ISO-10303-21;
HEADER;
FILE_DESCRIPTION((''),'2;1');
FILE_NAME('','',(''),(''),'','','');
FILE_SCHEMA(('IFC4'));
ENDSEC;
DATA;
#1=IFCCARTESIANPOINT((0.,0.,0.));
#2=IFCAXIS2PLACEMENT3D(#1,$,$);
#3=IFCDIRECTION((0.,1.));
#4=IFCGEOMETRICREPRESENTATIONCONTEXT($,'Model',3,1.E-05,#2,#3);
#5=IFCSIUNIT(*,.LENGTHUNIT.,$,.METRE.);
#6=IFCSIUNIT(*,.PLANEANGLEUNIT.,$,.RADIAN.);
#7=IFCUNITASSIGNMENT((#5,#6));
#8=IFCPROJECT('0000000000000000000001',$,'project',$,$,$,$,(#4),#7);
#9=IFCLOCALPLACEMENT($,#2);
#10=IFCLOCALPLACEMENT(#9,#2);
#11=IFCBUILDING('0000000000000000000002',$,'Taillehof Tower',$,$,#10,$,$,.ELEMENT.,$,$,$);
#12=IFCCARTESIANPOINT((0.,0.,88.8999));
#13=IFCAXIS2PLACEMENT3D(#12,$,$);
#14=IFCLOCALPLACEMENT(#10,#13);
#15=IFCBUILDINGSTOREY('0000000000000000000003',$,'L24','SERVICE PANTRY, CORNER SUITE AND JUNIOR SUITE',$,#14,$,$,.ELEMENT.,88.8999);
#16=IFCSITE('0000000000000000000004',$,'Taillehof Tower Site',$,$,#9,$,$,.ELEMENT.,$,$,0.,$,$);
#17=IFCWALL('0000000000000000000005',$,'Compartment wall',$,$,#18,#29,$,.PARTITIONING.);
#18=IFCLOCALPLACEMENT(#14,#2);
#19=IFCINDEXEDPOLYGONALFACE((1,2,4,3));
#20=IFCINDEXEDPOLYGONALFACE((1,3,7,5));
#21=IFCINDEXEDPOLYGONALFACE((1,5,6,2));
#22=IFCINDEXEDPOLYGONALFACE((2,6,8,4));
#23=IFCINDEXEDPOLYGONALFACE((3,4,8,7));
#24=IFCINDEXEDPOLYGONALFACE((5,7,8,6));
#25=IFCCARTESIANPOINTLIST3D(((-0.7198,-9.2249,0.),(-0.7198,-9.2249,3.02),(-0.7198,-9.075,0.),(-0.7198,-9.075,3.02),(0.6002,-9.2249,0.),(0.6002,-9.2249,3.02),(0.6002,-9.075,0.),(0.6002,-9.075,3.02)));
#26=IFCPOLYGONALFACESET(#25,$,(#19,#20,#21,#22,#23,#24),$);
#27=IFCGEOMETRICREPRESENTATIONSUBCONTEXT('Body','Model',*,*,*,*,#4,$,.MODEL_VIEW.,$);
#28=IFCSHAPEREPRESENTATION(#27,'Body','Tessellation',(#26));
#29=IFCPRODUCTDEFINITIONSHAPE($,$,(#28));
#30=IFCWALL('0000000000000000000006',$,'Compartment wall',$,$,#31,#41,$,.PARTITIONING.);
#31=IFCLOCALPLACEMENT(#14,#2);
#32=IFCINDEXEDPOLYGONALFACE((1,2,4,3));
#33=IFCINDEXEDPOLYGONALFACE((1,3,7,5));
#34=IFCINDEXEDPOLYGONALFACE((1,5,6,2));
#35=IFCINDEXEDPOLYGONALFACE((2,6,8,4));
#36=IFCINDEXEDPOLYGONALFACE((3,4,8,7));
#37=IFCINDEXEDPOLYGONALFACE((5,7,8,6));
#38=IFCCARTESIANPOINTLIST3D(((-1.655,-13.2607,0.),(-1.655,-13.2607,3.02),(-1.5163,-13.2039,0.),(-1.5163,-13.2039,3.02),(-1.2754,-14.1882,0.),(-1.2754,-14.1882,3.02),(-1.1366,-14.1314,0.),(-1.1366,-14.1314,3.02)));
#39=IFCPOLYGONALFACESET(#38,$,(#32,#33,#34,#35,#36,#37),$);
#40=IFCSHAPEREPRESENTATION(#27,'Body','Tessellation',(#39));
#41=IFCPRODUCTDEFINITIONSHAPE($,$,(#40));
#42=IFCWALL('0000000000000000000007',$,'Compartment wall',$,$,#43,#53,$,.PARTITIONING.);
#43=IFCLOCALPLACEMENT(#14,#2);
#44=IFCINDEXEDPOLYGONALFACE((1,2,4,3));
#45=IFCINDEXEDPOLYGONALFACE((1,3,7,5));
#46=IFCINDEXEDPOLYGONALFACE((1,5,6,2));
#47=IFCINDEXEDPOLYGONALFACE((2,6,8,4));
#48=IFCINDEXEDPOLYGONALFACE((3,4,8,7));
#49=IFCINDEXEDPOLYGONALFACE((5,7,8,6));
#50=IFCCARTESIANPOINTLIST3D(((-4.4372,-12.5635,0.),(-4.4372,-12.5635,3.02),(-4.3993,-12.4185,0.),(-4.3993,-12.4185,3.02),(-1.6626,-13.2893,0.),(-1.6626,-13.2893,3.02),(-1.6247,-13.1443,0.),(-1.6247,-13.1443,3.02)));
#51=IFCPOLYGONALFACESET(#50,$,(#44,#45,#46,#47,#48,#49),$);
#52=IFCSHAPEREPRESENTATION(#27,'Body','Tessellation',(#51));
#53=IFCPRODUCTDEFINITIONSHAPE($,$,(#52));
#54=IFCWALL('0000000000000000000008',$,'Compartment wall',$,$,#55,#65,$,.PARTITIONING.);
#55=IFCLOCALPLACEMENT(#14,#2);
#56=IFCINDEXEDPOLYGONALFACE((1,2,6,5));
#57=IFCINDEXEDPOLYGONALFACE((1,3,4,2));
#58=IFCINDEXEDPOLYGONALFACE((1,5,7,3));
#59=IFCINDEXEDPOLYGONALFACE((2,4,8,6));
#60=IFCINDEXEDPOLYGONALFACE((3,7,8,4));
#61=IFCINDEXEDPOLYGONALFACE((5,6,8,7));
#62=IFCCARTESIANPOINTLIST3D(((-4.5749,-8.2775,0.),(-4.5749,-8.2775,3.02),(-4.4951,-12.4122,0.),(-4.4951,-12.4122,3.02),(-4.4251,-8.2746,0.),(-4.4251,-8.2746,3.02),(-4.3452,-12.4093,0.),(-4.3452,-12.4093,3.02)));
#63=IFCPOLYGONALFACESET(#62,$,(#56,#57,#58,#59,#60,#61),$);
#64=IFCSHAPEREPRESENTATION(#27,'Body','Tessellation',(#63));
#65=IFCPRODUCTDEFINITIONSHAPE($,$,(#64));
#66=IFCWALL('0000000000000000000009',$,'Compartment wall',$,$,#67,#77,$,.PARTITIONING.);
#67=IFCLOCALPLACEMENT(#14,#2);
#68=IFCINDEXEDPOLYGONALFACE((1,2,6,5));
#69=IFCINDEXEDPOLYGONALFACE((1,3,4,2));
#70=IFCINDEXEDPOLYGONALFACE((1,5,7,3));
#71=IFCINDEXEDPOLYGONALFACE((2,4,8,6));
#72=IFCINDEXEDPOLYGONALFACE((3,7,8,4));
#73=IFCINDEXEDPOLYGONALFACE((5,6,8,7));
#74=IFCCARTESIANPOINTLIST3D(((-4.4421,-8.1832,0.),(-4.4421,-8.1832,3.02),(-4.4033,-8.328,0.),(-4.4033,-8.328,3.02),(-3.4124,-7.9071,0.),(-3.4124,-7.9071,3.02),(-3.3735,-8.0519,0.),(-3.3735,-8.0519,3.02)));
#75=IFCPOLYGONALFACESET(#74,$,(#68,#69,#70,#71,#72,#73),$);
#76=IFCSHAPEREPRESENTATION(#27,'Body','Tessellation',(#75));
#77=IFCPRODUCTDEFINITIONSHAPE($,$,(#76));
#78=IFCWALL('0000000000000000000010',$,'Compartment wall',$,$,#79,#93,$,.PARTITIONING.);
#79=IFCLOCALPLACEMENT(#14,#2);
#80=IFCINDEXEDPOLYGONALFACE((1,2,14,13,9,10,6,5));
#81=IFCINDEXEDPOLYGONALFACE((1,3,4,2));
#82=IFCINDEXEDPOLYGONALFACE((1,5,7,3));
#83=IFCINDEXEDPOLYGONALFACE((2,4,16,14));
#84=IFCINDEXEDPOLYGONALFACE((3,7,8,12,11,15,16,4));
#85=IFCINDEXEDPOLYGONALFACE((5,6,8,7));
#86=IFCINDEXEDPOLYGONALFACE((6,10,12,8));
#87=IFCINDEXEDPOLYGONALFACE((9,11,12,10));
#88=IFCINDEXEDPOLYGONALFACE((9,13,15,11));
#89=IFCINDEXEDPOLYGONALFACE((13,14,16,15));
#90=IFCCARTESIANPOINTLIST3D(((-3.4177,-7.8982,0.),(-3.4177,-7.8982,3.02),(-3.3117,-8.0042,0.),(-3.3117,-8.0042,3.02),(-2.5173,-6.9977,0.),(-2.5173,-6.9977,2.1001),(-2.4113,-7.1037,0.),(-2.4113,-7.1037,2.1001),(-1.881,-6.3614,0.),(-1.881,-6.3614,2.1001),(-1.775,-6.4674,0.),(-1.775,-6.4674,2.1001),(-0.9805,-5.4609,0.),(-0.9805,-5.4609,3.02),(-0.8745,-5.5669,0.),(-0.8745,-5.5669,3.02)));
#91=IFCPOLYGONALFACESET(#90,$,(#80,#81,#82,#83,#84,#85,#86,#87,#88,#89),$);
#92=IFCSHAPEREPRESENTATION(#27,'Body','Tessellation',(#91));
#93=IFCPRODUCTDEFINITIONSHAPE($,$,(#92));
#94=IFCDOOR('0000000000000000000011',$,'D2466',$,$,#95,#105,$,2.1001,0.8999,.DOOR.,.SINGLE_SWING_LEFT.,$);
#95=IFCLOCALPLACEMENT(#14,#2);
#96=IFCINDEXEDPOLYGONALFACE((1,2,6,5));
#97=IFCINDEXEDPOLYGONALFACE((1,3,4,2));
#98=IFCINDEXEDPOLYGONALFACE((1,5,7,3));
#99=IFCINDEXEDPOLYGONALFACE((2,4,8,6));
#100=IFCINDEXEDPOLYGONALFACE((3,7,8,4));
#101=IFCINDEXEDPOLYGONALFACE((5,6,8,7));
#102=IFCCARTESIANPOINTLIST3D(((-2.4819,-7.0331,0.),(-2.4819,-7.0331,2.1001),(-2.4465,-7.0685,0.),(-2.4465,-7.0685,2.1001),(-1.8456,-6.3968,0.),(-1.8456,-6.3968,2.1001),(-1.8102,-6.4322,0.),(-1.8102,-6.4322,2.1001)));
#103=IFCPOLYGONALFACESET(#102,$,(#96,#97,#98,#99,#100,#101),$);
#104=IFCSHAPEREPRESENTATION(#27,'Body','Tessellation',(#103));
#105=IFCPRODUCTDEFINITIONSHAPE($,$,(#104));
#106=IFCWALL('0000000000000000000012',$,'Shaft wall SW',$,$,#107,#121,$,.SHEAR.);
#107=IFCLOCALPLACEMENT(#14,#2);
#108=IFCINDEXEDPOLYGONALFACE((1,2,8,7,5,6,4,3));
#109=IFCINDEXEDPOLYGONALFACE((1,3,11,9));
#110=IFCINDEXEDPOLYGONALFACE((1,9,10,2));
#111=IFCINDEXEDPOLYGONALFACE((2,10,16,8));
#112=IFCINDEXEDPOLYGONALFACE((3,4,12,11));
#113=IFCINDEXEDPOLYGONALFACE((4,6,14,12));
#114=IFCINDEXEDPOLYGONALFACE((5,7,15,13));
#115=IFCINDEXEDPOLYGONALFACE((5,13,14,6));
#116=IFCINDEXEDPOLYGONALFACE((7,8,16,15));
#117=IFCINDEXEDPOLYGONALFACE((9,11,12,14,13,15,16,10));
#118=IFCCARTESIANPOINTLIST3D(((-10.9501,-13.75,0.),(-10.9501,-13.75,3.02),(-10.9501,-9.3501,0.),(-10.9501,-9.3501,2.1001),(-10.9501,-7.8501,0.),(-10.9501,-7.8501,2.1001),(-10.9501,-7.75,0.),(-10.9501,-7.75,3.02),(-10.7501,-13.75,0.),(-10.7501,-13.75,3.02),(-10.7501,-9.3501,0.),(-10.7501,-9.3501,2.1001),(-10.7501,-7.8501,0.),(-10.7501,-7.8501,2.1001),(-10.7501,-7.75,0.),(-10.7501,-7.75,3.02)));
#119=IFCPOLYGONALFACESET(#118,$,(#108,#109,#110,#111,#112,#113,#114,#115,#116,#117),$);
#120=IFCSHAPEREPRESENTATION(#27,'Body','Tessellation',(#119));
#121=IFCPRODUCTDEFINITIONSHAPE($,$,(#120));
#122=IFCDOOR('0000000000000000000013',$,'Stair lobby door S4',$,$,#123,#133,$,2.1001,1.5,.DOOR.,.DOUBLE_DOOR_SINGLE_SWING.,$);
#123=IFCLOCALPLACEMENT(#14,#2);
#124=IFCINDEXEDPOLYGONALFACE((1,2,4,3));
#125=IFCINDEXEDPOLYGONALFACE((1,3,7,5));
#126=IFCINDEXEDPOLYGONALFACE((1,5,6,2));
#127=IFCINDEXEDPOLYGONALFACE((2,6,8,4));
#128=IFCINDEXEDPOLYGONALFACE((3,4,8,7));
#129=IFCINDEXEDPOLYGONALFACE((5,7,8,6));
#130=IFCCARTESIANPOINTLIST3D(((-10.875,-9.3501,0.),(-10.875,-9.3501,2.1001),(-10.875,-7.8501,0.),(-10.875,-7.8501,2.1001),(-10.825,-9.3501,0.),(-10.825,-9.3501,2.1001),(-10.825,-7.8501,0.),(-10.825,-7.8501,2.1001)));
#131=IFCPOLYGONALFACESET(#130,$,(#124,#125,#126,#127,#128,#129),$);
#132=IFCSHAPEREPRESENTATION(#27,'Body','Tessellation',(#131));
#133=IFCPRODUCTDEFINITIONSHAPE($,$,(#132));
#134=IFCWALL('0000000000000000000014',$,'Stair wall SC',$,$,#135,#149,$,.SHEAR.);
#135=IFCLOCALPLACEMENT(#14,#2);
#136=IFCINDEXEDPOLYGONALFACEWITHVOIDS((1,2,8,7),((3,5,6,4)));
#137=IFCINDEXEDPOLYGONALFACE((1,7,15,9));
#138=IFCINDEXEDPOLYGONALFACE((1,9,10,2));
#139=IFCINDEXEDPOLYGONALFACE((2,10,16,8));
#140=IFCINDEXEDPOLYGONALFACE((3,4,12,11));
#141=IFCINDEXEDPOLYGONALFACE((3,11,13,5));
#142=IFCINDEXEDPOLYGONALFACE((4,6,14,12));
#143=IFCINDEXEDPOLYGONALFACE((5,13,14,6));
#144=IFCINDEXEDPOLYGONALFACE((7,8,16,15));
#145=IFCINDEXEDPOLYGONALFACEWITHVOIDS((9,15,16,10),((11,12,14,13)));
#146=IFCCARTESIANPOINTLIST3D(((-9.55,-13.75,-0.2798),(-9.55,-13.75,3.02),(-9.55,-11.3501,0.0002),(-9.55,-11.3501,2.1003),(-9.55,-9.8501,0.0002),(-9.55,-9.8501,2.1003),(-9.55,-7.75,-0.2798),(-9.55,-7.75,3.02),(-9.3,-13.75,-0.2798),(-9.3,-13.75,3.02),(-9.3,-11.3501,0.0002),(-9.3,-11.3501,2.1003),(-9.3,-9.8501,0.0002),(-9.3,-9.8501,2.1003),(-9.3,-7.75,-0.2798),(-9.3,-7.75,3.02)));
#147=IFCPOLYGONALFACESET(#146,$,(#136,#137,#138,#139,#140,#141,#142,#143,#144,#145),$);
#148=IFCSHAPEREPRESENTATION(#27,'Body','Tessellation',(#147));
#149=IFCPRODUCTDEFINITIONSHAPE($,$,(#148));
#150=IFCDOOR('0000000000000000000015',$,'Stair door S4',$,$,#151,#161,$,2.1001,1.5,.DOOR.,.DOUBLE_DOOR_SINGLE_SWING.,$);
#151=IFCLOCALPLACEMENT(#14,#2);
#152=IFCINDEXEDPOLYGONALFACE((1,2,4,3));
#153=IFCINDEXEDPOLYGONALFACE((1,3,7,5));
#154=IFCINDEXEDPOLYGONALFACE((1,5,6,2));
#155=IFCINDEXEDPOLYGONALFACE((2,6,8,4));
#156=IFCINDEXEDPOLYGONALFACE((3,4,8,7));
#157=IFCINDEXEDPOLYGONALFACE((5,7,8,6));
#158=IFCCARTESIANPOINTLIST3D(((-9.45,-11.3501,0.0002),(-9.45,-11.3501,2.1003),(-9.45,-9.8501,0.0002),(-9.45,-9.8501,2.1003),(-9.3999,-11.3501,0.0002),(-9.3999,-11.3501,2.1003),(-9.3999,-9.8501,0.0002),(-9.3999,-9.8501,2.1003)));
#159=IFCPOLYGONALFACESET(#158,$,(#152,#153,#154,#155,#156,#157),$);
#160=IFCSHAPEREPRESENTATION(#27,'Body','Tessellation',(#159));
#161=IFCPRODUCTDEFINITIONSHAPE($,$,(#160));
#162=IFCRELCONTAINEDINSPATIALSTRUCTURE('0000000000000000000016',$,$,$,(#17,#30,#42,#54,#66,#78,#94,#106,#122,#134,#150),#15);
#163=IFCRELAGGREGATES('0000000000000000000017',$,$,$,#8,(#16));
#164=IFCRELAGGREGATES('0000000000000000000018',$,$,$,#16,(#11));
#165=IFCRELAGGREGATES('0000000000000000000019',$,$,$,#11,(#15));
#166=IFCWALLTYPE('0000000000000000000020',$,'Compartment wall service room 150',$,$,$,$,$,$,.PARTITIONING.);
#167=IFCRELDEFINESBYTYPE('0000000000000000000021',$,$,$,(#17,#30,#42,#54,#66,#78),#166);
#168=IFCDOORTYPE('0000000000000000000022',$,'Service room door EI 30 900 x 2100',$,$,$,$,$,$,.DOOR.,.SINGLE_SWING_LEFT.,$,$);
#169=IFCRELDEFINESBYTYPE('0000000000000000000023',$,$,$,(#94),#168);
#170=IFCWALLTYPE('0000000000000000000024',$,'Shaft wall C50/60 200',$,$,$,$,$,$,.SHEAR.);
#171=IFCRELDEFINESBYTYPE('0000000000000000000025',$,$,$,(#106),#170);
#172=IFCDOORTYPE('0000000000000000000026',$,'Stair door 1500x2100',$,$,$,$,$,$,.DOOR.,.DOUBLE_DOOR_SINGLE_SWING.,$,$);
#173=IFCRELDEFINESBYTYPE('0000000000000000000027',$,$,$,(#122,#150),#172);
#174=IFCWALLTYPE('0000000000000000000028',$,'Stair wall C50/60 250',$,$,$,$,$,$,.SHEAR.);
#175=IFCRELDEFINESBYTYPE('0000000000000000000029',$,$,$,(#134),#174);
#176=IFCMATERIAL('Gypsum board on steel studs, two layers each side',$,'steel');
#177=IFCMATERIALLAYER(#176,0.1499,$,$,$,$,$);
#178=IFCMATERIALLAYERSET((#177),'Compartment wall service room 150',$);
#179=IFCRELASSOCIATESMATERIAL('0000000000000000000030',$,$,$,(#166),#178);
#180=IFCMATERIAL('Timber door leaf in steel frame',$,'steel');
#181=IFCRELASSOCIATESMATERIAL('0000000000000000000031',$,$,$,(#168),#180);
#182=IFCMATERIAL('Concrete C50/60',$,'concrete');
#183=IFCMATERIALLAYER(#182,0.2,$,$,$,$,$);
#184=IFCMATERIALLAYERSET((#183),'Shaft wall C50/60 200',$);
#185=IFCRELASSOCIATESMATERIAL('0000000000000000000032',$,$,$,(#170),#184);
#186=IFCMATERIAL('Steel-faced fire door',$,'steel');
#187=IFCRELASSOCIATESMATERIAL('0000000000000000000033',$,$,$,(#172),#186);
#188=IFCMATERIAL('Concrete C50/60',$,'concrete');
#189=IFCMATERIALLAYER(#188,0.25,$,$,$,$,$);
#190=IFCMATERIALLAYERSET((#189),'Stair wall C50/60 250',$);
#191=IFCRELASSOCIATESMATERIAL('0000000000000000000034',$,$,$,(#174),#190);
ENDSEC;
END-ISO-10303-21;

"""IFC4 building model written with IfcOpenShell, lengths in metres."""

from ifc_helpers import new_model, si_unit, direction, frame, frame_2d, origin, place, context, subcontext, project, spatial, rectangle, extrude, material, layer, layer_set, type_object, element, fill, save


model = new_model("IFC4")

# Units and contexts
model_context = context("Model", 3, precision=1e-05, world=origin(), true_north=direction((0.0, 1.0)))
body_context = subcontext(model_context, "Body", "Model", "MODEL_VIEW")
ifc_project = project(units=[si_unit("LENGTHUNIT", "METRE"), si_unit("PLANEANGLEUNIT", "RADIAN")], contexts=[model_context])

# Site, building, storey
site_placement = place(None, origin())
site = spatial("IfcSite", under=ifc_project, at=site_placement, Name="Taillehof Tower Site", CompositionType="ELEMENT", RefElevation=0.0)
building_placement = place(site_placement, origin())
building = spatial("IfcBuilding", under=site, at=building_placement, Name="Taillehof Tower", CompositionType="ELEMENT")
storey_placement = place(building_placement, frame((0.0, 0.0, 88.8999)))
storey = spatial("IfcBuildingStorey", under=building, at=storey_placement, Name="L24", Description="SERVICE PANTRY, CORNER SUITE AND JUNIOR SUITE", CompositionType="ELEMENT", Elevation=88.8999)

# Walls
ifc_material_1 = material(Name="Gypsum board on steel studs, two layers each side", Category="steel")
ifc_layer_1 = layer(ifc_material_1, 0.1499)
ifc_layer_set_1 = layer_set([ifc_layer_1], Name="Compartment wall service room 150")
wall_type_1 = type_object("IfcWallType", Name="Compartment wall service room 150", PredefinedType="PARTITIONING", material=ifc_layer_set_1)
wall_1_placement = place(storey_placement, frame((-0.72, -9.1499, 0.0), z_axis=(0.0, 0.0, 1.0), x_axis=(1.0, 0.0, 0.0)))
element("IfcWall", 1, at=wall_1_placement, inside=storey, type_object=wall_type_1, Name="Compartment wall", PredefinedType="PARTITIONING", context=body_context, shape_type="SweptSolid", body=[
    extrude(rectangle(XDim=1.3201, YDim=0.1499, at=frame_2d((0.6602, 0.0))), origin(), (0.0, 0.0, 1.0), 3.02),
])
wall_2_placement = place(storey_placement, frame((-1.2061, -14.1597, 0.0), z_axis=(0.0, 0.0, 1.0), x_axis=(-0.378813, 0.925473, 0.0)))
element("IfcWall", 2, at=wall_2_placement, inside=storey, type_object=wall_type_1, Name="Compartment wall", PredefinedType="PARTITIONING", context=body_context, shape_type="SweptSolid", body=[
    extrude(rectangle(XDim=1.0022, YDim=0.1499, at=frame_2d((0.501, 0.0))), origin(), (0.0, 0.0, 1.0), 3.02),
])
wall_3_placement = place(storey_placement, frame((-1.6436, -13.2168, 0.0), z_axis=(0.0, 0.0, 1.0), x_axis=(-0.967446, 0.253077, 0.0)))
element("IfcWall", 3, at=wall_3_placement, inside=storey, type_object=wall_type_1, Name="Compartment wall", PredefinedType="PARTITIONING", context=body_context, shape_type="SweptSolid", body=[
    extrude(rectangle(XDim=2.8679, YDim=0.1499, at=frame_2d((1.4341, 0.0))), origin(), (0.0, 0.0, 1.0), 3.02),
])
wall_4_placement = place(storey_placement, frame((-4.4202, -12.4109, 0.0), z_axis=(0.0, 0.0, 1.0), x_axis=(-0.019304, 0.999814, 0.0)))
element("IfcWall", 4, at=wall_4_placement, inside=storey, type_object=wall_type_1, Name="Compartment wall", PredefinedType="PARTITIONING", context=body_context, shape_type="SweptSolid", body=[
    extrude(rectangle(XDim=4.1355, YDim=0.1499, at=frame_2d((2.0679, 0.0))), origin(), (0.0, 0.0, 1.0), 3.02),
])
wall_5_placement = place(storey_placement, frame((-4.4229, -8.2556, 0.0), z_axis=(0.0, 0.0, 1.0), x_axis=(0.965881, 0.258988, 0.0)))
element("IfcWall", 5, at=wall_5_placement, inside=storey, type_object=wall_type_1, Name="Compartment wall", PredefinedType="PARTITIONING", context=body_context, shape_type="SweptSolid", body=[
    extrude(rectangle(XDim=1.0662, YDim=0.1499, at=frame_2d((0.5332, 0.0))), origin(), (0.0, 0.0, 1.0), 3.02),
])

# Walls, openings, doors
wall_6_placement = place(storey_placement, frame((-3.3647, -7.9512, 0.0), z_axis=(0.0, 0.0, 1.0), x_axis=(0.707107, 0.707107, 0.0)))
wall_6 = element("IfcWall", 6, at=wall_6_placement, inside=storey, type_object=wall_type_1, Name="Compartment wall", PredefinedType="PARTITIONING", context=body_context, shape_type="SweptSolid", body=[
    extrude(rectangle(XDim=3.4468, YDim=0.1499, at=frame_2d((1.7234, 0.0))), origin(), (0.0, 0.0, 1.0), 3.02),
])
opening_1_placement = place(wall_6_placement, frame((1.2734, 0.0, 0.0)))
opening_1 = element("IfcOpeningElement", 7, at=opening_1_placement, cuts=wall_6, PredefinedType="OPENING", context=body_context, shape_type="SweptSolid", body=[
    extrude(rectangle(XDim=0.8999, YDim=2.1001, at=frame_2d((0.45, 1.05))), frame((0.0, 0.085, 0.0), z_axis=(0.0, -1.0, 0.0), x_axis=(1.0, 0.0, 0.0)), (0.0, 0.0, 1.0), 0.1699),
])
ifc_material_2 = material(Name="Timber door leaf in steel frame", Category="steel")
door_type_1 = type_object("IfcDoorType", Name="Service room door EI 30 900 x 2100", OperationType="SINGLE_SWING_LEFT", PredefinedType="DOOR", material=ifc_material_2)
door_1_placement = place(opening_1_placement, origin())
door_1 = element("IfcDoor", 8, at=door_1_placement, inside=storey, type_object=door_type_1, Name="D2466", OperationType="SINGLE_SWING_LEFT", OverallHeight=2.1001, OverallWidth=0.8999, PredefinedType="DOOR", context=body_context, shape_type="SweptSolid", body=[
    extrude(rectangle(XDim=0.8999, YDim=2.1001, at=frame_2d((0.45, 1.05))), frame((0.0, 0.0249, 0.0), z_axis=(0.0, -1.0, 0.0), x_axis=(1.0, 0.0, 0.0)), (0.0, 0.0, 1.0), 0.05),
])
fill(opening_1, door_1)
ifc_material_3 = material(Name="Concrete C50/60", Category="concrete")
ifc_layer_2 = layer(ifc_material_3, 0.2)
ifc_layer_set_2 = layer_set([ifc_layer_2], Name="Shaft wall C50/60 200")
wall_type_2 = type_object("IfcWallType", Name="Shaft wall C50/60 200", PredefinedType="SHEAR", material=ifc_layer_set_2)
wall_7_placement = place(storey_placement, frame((-10.8501, -13.75, 0.0), z_axis=(0.0, 0.0, 1.0), x_axis=(0.0, 1.0, 0.0)))
wall_7 = element("IfcWall", 9, at=wall_7_placement, inside=storey, type_object=wall_type_2, Name="Shaft wall SW", PredefinedType="SHEAR", context=body_context, shape_type="SweptSolid", body=[
    extrude(rectangle(XDim=6.0, YDim=0.2, at=frame_2d((3.0, 0.0))), origin(), (0.0, 0.0, 1.0), 3.02),
])
opening_2_placement = place(wall_7_placement, frame((4.3999, 0.0, 0.0)))
opening_2 = element("IfcOpeningElement", 10, at=opening_2_placement, cuts=wall_7, PredefinedType="OPENING", context=body_context, shape_type="SweptSolid", body=[
    extrude(rectangle(XDim=1.5, YDim=2.1001, at=frame_2d((0.75, 1.05))), frame((0.0, 0.1099, 0.0), z_axis=(0.0, -1.0, 0.0), x_axis=(1.0, 0.0, 0.0)), (0.0, 0.0, 1.0), 0.22),
])
ifc_material_4 = material(Name="Steel-faced fire door", Category="steel")
door_type_2 = type_object("IfcDoorType", Name="Stair door 1500x2100", OperationType="DOUBLE_DOOR_SINGLE_SWING", PredefinedType="DOOR", material=ifc_material_4)
door_2_placement = place(opening_2_placement, origin())
door_2 = element("IfcDoor", 11, at=door_2_placement, inside=storey, type_object=door_type_2, Name="Stair lobby door S4", OperationType="DOUBLE_DOOR_SINGLE_SWING", OverallHeight=2.1001, OverallWidth=1.5, PredefinedType="DOOR", context=body_context, shape_type="SweptSolid", body=[
    extrude(rectangle(XDim=1.5, YDim=2.1001, at=frame_2d((0.75, 1.05))), frame((0.0, 0.0249, 0.0), z_axis=(0.0, -1.0, 0.0), x_axis=(1.0, 0.0, 0.0)), (0.0, 0.0, 1.0), 0.05),
])
fill(opening_2, door_2)
ifc_material_5 = material(Name="Concrete C50/60", Category="concrete")
ifc_layer_3 = layer(ifc_material_5, 0.25)
ifc_layer_set_3 = layer_set([ifc_layer_3], Name="Stair wall C50/60 250")
wall_type_3 = type_object("IfcWallType", Name="Stair wall C50/60 250", PredefinedType="SHEAR", material=ifc_layer_set_3)
wall_8_placement = place(storey_placement, frame((-9.425, -13.75, -0.2798), z_axis=(0.0, 0.0, 1.0), x_axis=(0.0, 1.0, 0.0)))
wall_8 = element("IfcWall", 12, at=wall_8_placement, inside=storey, type_object=wall_type_3, Name="Stair wall SC", PredefinedType="SHEAR", context=body_context, shape_type="SweptSolid", body=[
    extrude(rectangle(XDim=6.0, YDim=0.25, at=frame_2d((3.0, 0.0))), origin(), (0.0, 0.0, 1.0), 3.2998),
])
opening_3_placement = place(wall_8_placement, frame((2.3999, 0.0, 0.28)))
opening_3 = element("IfcOpeningElement", 13, at=opening_3_placement, cuts=wall_8, PredefinedType="OPENING", context=body_context, shape_type="SweptSolid", body=[
    extrude(rectangle(XDim=1.5, YDim=2.1001, at=frame_2d((0.75, 1.05))), frame((0.0, 0.135, 0.0), z_axis=(0.0, -1.0, 0.0), x_axis=(1.0, 0.0, 0.0)), (0.0, 0.0, 1.0), 0.27),
])
door_3_placement = place(opening_3_placement, origin())
door_3 = element("IfcDoor", 14, at=door_3_placement, inside=storey, type_object=door_type_2, Name="Stair door S4", OperationType="DOUBLE_DOOR_SINGLE_SWING", OverallHeight=2.1001, OverallWidth=1.5, PredefinedType="DOOR", context=body_context, shape_type="SweptSolid", body=[
    extrude(rectangle(XDim=1.5, YDim=2.1001, at=frame_2d((0.75, 1.05))), frame((0.0, 0.0249, 0.0), z_axis=(0.0, -1.0, 0.0), x_axis=(1.0, 0.0, 0.0)), (0.0, 0.0, 1.0), 0.05),
])
fill(opening_3, door_3)

save(model, "model.ifc")
